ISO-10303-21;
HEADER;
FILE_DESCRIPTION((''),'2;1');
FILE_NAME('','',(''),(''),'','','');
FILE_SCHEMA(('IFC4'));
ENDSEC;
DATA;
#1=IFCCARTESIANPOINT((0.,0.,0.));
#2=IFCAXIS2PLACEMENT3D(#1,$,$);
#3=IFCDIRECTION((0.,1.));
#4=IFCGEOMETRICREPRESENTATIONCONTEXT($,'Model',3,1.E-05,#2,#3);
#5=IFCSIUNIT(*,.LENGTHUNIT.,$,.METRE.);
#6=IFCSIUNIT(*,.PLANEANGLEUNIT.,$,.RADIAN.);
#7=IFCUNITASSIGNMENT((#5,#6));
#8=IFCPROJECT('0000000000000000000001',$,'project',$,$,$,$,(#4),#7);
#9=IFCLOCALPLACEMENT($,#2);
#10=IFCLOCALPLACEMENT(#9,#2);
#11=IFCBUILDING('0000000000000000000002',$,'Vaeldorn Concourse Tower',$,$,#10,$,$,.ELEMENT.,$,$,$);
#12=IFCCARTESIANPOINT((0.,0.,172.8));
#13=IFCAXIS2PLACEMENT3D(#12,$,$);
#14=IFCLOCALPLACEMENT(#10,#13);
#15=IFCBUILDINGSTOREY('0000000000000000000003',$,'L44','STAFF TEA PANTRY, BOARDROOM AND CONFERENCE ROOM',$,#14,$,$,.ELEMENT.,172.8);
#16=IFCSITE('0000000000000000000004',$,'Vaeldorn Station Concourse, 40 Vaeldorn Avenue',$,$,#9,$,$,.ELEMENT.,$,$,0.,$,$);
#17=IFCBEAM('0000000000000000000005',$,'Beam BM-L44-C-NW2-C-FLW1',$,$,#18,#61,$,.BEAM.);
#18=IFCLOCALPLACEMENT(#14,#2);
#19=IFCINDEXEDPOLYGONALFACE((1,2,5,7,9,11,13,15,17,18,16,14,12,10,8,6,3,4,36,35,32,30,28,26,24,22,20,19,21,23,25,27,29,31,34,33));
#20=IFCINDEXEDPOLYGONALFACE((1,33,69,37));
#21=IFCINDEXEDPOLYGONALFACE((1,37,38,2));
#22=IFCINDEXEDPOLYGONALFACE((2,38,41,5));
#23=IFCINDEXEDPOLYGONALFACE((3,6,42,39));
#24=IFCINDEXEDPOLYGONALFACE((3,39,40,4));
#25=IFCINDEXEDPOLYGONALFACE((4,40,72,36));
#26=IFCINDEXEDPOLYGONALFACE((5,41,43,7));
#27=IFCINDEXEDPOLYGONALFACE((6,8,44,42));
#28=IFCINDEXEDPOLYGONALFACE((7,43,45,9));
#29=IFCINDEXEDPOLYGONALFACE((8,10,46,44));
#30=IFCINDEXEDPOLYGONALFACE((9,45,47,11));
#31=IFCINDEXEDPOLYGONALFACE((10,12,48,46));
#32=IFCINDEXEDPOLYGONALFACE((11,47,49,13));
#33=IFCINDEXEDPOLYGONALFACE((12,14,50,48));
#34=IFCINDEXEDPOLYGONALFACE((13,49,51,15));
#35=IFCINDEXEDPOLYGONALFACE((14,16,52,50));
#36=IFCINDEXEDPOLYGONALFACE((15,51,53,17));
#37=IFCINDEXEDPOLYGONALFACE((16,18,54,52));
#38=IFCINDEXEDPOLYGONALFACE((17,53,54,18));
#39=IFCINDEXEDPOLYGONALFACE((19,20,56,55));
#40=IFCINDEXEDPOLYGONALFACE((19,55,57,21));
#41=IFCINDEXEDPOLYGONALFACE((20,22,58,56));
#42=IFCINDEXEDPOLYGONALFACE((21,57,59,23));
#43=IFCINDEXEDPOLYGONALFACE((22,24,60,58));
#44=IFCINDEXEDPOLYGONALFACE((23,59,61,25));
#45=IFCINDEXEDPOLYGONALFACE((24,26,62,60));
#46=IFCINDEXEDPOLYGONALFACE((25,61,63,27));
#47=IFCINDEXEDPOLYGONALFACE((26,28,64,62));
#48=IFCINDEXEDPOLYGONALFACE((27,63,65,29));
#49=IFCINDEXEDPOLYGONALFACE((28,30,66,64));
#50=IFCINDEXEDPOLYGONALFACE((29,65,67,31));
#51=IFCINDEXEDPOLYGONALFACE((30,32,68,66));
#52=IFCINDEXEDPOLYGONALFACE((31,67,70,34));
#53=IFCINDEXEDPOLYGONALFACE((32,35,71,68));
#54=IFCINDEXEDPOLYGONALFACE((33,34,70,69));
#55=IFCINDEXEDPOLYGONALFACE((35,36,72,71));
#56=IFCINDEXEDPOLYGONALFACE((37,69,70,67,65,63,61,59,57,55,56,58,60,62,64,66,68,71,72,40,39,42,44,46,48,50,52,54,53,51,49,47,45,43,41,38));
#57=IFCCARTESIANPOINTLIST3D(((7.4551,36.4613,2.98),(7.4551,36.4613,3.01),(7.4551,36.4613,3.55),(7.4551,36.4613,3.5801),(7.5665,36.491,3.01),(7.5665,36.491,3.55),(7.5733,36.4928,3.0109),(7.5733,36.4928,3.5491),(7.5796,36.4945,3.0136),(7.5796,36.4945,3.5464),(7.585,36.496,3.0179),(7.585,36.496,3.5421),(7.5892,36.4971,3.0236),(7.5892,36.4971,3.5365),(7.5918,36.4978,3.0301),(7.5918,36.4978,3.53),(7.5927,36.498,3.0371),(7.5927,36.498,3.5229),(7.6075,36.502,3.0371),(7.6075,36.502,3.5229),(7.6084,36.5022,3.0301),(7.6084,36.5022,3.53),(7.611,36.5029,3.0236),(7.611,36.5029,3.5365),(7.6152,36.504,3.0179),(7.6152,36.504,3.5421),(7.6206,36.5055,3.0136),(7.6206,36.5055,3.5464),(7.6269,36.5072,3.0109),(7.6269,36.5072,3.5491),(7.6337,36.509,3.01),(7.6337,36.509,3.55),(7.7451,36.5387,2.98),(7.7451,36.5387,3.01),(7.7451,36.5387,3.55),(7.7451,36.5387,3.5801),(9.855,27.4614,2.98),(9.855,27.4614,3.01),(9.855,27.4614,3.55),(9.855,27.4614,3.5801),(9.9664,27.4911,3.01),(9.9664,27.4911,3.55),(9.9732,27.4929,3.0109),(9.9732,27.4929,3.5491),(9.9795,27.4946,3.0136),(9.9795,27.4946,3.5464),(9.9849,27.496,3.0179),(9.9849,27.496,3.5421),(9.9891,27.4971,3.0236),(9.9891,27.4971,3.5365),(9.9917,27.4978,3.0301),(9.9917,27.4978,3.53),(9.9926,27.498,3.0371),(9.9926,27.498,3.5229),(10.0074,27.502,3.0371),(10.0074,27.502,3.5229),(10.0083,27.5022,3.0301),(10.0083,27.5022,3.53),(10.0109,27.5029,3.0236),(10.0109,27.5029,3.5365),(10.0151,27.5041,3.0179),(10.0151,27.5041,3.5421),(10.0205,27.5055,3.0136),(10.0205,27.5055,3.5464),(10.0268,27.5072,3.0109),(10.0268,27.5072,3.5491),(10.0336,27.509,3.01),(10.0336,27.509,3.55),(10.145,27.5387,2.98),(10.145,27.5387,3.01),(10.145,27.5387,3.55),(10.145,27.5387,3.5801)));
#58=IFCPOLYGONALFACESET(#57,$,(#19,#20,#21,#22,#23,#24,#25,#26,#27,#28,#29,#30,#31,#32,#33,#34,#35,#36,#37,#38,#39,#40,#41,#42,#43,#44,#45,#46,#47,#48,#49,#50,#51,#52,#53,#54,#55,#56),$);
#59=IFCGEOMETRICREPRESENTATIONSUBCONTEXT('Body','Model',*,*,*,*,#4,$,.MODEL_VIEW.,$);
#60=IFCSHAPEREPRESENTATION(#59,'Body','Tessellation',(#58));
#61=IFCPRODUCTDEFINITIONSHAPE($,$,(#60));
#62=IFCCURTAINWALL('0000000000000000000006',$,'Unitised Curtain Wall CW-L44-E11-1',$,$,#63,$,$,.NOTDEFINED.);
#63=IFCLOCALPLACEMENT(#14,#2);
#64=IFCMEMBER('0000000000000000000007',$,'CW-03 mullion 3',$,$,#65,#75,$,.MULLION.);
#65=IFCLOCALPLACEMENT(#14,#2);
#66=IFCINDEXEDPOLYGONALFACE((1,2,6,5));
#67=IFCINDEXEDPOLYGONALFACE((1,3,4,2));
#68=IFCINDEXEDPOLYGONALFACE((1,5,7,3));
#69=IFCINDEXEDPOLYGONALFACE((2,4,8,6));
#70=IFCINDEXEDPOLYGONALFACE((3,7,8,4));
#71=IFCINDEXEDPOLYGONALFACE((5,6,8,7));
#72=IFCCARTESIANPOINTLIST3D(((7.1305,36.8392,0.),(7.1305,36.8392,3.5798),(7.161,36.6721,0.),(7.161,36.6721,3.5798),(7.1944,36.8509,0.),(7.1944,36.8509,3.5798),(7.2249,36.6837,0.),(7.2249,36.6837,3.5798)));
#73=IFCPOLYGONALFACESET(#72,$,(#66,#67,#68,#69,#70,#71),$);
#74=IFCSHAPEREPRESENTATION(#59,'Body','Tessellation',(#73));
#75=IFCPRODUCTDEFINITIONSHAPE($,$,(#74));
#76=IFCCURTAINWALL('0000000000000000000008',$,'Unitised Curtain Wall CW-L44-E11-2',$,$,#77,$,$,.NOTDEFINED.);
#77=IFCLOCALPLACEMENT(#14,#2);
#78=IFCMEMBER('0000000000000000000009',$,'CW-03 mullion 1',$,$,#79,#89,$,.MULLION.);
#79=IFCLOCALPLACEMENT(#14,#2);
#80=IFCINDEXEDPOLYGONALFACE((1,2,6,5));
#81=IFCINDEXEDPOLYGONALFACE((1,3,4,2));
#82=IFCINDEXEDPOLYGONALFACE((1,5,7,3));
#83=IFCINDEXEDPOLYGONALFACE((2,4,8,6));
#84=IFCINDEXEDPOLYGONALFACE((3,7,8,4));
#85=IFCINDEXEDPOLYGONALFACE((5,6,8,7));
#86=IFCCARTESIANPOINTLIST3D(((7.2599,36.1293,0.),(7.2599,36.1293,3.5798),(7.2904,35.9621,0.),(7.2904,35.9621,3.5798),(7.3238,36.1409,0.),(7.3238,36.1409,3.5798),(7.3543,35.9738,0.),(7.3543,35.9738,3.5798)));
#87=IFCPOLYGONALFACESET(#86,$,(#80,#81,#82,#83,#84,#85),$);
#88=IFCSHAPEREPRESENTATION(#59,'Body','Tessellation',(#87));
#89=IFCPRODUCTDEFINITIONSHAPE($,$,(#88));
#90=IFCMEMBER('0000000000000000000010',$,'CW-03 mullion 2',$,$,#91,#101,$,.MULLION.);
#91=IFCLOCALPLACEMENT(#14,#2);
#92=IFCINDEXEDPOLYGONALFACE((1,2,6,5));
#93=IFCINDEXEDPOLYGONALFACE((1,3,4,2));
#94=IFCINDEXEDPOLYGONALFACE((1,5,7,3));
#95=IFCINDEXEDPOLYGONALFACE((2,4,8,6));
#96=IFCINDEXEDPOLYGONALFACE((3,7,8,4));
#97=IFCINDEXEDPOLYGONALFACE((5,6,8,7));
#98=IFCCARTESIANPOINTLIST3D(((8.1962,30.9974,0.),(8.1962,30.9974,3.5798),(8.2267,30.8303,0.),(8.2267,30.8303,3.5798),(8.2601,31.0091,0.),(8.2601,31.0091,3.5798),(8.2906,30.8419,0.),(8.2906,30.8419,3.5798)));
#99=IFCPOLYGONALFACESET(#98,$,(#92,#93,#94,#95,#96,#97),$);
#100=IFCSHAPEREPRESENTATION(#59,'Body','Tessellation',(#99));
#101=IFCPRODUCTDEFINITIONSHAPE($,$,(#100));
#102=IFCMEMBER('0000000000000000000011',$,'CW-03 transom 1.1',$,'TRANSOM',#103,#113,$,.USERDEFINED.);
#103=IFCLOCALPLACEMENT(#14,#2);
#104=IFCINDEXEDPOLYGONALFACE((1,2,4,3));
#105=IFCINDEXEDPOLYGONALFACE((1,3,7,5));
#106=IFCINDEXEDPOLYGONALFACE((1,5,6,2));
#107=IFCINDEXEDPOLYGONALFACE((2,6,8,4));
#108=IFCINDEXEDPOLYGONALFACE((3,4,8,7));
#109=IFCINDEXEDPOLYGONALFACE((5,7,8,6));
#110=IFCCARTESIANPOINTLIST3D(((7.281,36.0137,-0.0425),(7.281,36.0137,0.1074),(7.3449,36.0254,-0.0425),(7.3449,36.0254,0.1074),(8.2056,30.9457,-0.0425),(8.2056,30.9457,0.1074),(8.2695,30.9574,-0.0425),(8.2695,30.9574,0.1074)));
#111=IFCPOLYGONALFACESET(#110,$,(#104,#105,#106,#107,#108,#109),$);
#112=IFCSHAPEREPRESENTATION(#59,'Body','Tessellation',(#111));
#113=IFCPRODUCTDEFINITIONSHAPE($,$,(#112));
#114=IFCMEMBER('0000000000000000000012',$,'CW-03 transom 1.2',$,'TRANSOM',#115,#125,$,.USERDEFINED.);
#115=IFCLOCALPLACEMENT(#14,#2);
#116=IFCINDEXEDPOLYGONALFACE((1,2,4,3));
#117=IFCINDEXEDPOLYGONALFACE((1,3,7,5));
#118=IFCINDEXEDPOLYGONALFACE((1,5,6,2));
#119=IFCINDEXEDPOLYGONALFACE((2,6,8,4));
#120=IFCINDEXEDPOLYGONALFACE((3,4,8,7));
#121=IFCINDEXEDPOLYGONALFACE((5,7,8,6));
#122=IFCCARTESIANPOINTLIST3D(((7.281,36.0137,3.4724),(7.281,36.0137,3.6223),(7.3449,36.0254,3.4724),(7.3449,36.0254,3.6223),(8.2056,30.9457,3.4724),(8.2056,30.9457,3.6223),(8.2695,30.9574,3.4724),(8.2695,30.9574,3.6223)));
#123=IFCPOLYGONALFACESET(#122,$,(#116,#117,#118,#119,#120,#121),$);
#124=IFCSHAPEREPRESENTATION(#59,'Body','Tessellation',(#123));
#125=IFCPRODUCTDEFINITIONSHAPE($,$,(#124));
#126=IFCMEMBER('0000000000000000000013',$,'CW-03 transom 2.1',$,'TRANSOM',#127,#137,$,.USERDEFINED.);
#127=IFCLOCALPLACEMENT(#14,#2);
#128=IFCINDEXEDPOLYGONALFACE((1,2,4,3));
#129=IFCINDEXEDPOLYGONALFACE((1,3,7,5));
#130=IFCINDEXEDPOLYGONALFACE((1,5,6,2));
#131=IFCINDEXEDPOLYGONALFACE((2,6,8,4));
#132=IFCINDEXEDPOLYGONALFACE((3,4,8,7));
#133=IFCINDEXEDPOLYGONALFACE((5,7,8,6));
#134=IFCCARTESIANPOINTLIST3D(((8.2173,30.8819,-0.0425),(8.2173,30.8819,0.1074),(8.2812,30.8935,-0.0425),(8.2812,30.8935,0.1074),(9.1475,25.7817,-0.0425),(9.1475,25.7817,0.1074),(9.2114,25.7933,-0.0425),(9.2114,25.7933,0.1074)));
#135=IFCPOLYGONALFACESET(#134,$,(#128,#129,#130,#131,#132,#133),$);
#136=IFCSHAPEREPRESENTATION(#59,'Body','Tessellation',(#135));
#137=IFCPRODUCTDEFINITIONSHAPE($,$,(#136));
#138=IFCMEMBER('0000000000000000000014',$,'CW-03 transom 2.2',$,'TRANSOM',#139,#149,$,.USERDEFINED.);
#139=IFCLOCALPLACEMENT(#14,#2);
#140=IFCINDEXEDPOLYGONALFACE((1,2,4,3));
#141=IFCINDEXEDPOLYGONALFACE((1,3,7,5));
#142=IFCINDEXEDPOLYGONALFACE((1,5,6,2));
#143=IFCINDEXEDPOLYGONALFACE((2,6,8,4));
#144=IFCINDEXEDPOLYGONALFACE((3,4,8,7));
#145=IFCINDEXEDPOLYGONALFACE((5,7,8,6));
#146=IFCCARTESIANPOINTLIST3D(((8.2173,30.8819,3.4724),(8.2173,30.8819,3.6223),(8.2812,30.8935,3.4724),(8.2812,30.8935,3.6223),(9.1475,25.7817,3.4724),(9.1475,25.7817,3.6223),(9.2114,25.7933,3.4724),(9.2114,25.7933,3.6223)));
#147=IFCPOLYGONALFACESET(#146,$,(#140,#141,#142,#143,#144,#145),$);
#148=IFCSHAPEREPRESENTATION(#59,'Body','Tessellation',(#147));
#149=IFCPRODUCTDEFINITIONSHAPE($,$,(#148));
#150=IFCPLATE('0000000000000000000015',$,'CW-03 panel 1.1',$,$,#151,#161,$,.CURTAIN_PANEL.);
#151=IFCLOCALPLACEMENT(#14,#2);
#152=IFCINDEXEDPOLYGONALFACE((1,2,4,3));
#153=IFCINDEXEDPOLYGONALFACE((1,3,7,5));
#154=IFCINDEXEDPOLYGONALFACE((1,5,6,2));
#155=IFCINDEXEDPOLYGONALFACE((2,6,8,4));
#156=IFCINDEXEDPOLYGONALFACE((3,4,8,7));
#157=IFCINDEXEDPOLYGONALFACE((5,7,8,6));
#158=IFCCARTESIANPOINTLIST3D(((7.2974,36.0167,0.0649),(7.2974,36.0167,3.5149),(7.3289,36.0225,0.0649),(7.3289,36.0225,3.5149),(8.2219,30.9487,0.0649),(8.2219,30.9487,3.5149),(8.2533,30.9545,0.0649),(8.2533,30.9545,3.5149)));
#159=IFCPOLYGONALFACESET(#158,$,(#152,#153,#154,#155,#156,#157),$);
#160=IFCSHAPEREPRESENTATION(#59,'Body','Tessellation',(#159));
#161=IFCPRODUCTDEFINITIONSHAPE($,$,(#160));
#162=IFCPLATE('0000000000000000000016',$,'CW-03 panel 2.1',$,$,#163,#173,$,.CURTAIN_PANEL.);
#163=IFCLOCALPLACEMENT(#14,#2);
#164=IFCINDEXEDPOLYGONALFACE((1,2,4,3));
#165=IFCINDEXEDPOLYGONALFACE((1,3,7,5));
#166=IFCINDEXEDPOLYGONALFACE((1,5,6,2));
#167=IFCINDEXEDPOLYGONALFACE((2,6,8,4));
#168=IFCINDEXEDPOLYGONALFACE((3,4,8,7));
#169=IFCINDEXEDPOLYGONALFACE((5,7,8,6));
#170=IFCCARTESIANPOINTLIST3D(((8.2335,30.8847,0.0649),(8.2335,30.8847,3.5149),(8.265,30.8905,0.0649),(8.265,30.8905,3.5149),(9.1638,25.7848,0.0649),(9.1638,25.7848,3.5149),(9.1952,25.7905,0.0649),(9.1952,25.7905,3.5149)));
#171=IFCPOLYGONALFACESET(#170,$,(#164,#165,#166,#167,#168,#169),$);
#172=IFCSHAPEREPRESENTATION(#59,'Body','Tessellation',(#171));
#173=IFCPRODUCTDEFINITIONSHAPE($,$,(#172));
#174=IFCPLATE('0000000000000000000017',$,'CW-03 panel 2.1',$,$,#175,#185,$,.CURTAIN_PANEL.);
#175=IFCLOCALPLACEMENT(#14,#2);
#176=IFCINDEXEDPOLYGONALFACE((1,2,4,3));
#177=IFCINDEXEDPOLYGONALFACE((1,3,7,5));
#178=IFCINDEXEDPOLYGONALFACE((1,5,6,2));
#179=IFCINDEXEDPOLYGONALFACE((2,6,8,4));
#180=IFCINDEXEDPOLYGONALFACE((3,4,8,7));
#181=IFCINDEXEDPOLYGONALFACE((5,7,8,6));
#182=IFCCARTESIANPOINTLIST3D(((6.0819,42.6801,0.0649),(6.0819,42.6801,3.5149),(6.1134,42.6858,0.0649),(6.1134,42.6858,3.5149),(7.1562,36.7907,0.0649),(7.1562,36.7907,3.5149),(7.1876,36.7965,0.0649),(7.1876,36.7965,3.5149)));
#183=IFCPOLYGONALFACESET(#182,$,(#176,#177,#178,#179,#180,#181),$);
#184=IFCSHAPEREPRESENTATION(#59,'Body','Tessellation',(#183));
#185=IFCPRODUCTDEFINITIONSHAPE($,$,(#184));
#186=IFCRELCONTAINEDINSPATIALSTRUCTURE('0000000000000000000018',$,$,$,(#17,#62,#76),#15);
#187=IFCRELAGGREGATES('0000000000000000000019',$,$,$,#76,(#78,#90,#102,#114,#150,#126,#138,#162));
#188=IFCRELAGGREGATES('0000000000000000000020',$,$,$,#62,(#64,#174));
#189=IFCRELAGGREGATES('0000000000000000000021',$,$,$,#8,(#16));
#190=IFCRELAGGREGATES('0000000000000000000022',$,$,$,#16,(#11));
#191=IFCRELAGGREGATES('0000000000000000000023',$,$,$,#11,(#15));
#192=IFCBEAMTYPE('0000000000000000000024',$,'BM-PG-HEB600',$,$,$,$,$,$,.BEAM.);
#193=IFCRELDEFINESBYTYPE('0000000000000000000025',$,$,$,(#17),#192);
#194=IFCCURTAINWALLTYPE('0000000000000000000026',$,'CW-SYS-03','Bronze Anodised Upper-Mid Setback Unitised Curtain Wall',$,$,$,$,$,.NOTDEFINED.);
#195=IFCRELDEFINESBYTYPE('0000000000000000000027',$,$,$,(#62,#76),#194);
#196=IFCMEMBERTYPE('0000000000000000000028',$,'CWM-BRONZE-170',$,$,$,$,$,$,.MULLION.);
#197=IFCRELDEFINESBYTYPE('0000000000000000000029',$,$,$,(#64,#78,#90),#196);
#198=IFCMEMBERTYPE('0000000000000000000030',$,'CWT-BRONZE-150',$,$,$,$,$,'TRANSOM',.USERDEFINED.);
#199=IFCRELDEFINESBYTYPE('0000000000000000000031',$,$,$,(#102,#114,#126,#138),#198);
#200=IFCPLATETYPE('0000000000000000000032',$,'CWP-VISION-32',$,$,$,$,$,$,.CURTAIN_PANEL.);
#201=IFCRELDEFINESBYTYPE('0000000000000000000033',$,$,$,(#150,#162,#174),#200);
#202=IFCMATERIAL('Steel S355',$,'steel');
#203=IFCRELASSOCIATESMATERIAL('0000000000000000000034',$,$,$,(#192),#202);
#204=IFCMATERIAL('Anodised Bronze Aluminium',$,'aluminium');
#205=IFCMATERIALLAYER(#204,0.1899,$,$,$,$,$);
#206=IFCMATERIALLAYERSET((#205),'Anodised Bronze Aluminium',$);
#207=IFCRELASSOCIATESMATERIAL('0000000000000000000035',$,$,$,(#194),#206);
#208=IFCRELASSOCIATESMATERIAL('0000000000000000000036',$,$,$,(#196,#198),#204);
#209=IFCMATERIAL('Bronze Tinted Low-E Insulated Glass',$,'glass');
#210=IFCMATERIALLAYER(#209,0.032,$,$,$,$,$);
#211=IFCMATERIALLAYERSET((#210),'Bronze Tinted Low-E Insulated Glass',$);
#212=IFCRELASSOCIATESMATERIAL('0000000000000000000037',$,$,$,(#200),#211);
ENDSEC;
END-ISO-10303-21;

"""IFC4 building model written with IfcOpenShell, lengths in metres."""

from ifc_helpers import new_model, si_unit, direction, frame, origin, origin_2d, place, context, subcontext, project, spatial, rectangle, i_section, extrude, source, transform, mapped, material, layer, layer_set, material_profile, profile_set, type_object, element, aggregate, save


model = new_model("IFC4")

# Units and contexts
model_context = context("Model", 3, precision=1e-05, world=origin(), true_north=direction((0.0, 1.0)))
body_context = subcontext(model_context, "Body", "Model", "MODEL_VIEW")
ifc_project = project(units=[si_unit("LENGTHUNIT", "METRE"), si_unit("PLANEANGLEUNIT", "RADIAN")], contexts=[model_context])

# Site, building, storey
site_placement = place(None, origin())
site = spatial("IfcSite", under=ifc_project, at=site_placement, Name="Vaeldorn Station Concourse, 40 Vaeldorn Avenue", CompositionType="ELEMENT", RefElevation=0.0)
building_placement = place(site_placement, origin())
building = spatial("IfcBuilding", under=site, at=building_placement, Name="Vaeldorn Concourse Tower", CompositionType="ELEMENT")
storey_placement = place(building_placement, frame((0.0, 0.0, 172.8)))
storey = spatial("IfcBuildingStorey", under=building, at=storey_placement, Name="L44", Description="STAFF TEA PANTRY, BOARDROOM AND CONFERENCE ROOM", CompositionType="ELEMENT", Elevation=172.8)

# Beam
ifc_material_1 = material(Name="Steel S355", Category="steel")
ifc_material_profile_1 = material_profile(ifc_material_1, i_section(OverallWidth=0.3, OverallDepth=0.6001, WebThickness=0.0154, FlangeThickness=0.03, FilletRadius=0.0271, at=origin_2d()), Name="HEB 600")
ifc_profile_set_1 = profile_set([ifc_material_profile_1], Name="Steel S355")
beam_type_1 = type_object("IfcBeamType", Name="BM-PG-HEB600", PredefinedType="BEAM", material=ifc_profile_set_1)
shared_shape_1 = source(origin(), body_context, "Body", "SweptSolid", [
    extrude(i_section(OverallWidth=0.3, OverallDepth=0.6001, WebThickness=0.0154, FlangeThickness=0.03, FilletRadius=0.0271, at=origin_2d()), origin(), (0.0, 0.0, 1.0), 9.3145),
])
beam_1_placement = place(storey_placement, frame((7.6001, 36.5, 3.28), z_axis=(0.257653, -0.966238, 0.0), x_axis=(0.966238, 0.257653, 0.0)))
element("IfcBeam", 1, at=beam_1_placement, inside=storey, type_object=beam_type_1, Name="Beam BM-L44-C-NW2-C-FLW1", PredefinedType="BEAM", context=body_context, shape_type="MappedRepresentation", body=[
    mapped(shared_shape_1, transform((0.0, 0.0, 0.0), scale=1.0)),
])

# Curtain wall, member
ifc_material_2 = material(Name="Anodised Bronze Aluminium", Category="aluminium")
ifc_layer_1 = layer(ifc_material_2, 0.1899)
ifc_layer_set_1 = layer_set([ifc_layer_1], Name="Anodised Bronze Aluminium")
curtain_wall_type = type_object("IfcCurtainWallType", Name="CW-SYS-03", Description="Bronze Anodised Upper-Mid Setback Unitised Curtain Wall", PredefinedType="NOTDEFINED", material=ifc_layer_set_1)
curtain_wall_1_placement = place(storey_placement, origin())
curtain_wall_1 = element("IfcCurtainWall", 2, at=curtain_wall_1_placement, inside=storey, type_object=curtain_wall_type, Name="Unitised Curtain Wall CW-L44-E11-1", PredefinedType="NOTDEFINED")
ifc_material_profile_2 = material_profile(ifc_material_2, rectangle(XDim=0.0649, YDim=0.1699, at=origin_2d()), Name="CWM 65x170")
ifc_profile_set_2 = profile_set([ifc_material_profile_2], Name="Anodised Bronze Aluminium")
member_type_1 = type_object("IfcMemberType", Name="CWM-BRONZE-170", PredefinedType="MULLION", material=ifc_profile_set_2)
shared_shape_2 = source(origin(), body_context, "Body", "SweptSolid", [
    extrude(rectangle(XDim=0.0649, YDim=0.1699, at=origin_2d()), origin(), (0.0, 0.0, 1.0), 3.5798),
])
member_1_placement = place(storey_placement, frame((7.1777, 36.7615, 0.0), z_axis=(0.0, 0.0, 1.0), x_axis=(0.983768, 0.179447, 0.0)))
member_1 = element("IfcMember", 3, at=member_1_placement, type_object=member_type_1, Name="CW-03 mullion 3", PredefinedType="MULLION", context=body_context, shape_type="MappedRepresentation", body=[
    mapped(shared_shape_2, transform((0.0, 0.0, 0.0), scale=1.0)),
])

# Curtain wall, members, plates
curtain_wall_2_placement = place(storey_placement, origin())
curtain_wall_2 = element("IfcCurtainWall", 4, at=curtain_wall_2_placement, inside=storey, type_object=curtain_wall_type, Name="Unitised Curtain Wall CW-L44-E11-2", PredefinedType="NOTDEFINED")
member_2_placement = place(storey_placement, frame((7.3071, 36.0515, 0.0), z_axis=(0.0, 0.0, 1.0), x_axis=(0.983768, 0.179446, 0.0)))
member_2 = element("IfcMember", 5, at=member_2_placement, type_object=member_type_1, Name="CW-03 mullion 1", PredefinedType="MULLION", context=body_context, shape_type="MappedRepresentation", body=[
    mapped(shared_shape_2, transform((0.0, 0.0, 0.0), scale=1.0)),
])
member_3_placement = place(storey_placement, frame((8.2434, 30.9197, 0.0), z_axis=(0.0, 0.0, 1.0), x_axis=(0.983768, 0.179446, 0.0)))
member_3 = element("IfcMember", 6, at=member_3_placement, type_object=member_type_1, Name="CW-03 mullion 2", PredefinedType="MULLION", context=body_context, shape_type="MappedRepresentation", body=[
    mapped(shared_shape_2, transform((0.0, 0.0, 0.0), scale=1.0)),
])
ifc_material_profile_3 = material_profile(ifc_material_2, rectangle(XDim=0.0649, YDim=0.1499, at=origin_2d()), Name="CWT 65x150")
ifc_profile_set_3 = profile_set([ifc_material_profile_3], Name="Anodised Bronze Aluminium")
member_type_2 = type_object("IfcMemberType", Name="CWT-BRONZE-150", ElementType="TRANSOM", PredefinedType="USERDEFINED", material=ifc_profile_set_3)
shared_shape_3 = source(origin(), body_context, "Body", "SweptSolid", [
    extrude(rectangle(XDim=0.0649, YDim=0.1499, at=origin_2d()), origin(), (0.0, 0.0, 1.0), 5.1516),
])
member_4_placement = place(storey_placement, frame((7.313, 36.0195, 0.0325), z_axis=(0.179473, -0.983763, 0.0), x_axis=(0.983763, 0.179473, 0.0)))
member_4 = element("IfcMember", 7, at=member_4_placement, type_object=member_type_2, Name="CW-03 transom 1.1", ObjectType="TRANSOM", PredefinedType="USERDEFINED", context=body_context, shape_type="MappedRepresentation", body=[
    mapped(shared_shape_3, transform((0.0, 0.0, 0.0), scale=1.0)),
])
member_5_placement = place(storey_placement, frame((7.313, 36.0195, 3.5474), z_axis=(0.179473, -0.983763, 0.0), x_axis=(0.983763, 0.179473, 0.0)))
member_5 = element("IfcMember", 8, at=member_5_placement, type_object=member_type_2, Name="CW-03 transom 1.2", ObjectType="TRANSOM", PredefinedType="USERDEFINED", context=body_context, shape_type="MappedRepresentation", body=[
    mapped(shared_shape_3, transform((0.0, 0.0, 0.0), scale=1.0)),
])
shared_shape_4 = source(origin(), body_context, "Body", "SweptSolid", [
    extrude(rectangle(XDim=0.0649, YDim=0.1499, at=origin_2d()), origin(), (0.0, 0.0, 1.0), 5.1843),
])
member_6_placement = place(storey_placement, frame((8.2493, 30.8877, 0.0325), z_axis=(0.179424, -0.983772, 0.0), x_axis=(0.983772, 0.179424, 0.0)))
member_6 = element("IfcMember", 9, at=member_6_placement, type_object=member_type_2, Name="CW-03 transom 2.1", ObjectType="TRANSOM", PredefinedType="USERDEFINED", context=body_context, shape_type="MappedRepresentation", body=[
    mapped(shared_shape_4, transform((0.0, 0.0, 0.0), scale=1.0)),
])
member_7_placement = place(storey_placement, frame((8.2493, 30.8877, 3.5474), z_axis=(0.179424, -0.983772, 0.0), x_axis=(0.983772, 0.179424, 0.0)))
member_7 = element("IfcMember", 10, at=member_7_placement, type_object=member_type_2, Name="CW-03 transom 2.2", ObjectType="TRANSOM", PredefinedType="USERDEFINED", context=body_context, shape_type="MappedRepresentation", body=[
    mapped(shared_shape_4, transform((0.0, 0.0, 0.0), scale=1.0)),
])
ifc_material_3 = material(Name="Bronze Tinted Low-E Insulated Glass", Category="glass")
ifc_layer_2 = layer(ifc_material_3, 0.032)
ifc_layer_set_2 = layer_set([ifc_layer_2], Name="Bronze Tinted Low-E Insulated Glass")
plate_type = type_object("IfcPlateType", Name="CWP-VISION-32", PredefinedType="CURTAIN_PANEL", material=ifc_layer_set_2)
shared_shape_5 = source(origin(), body_context, "Body", "SweptSolid", [
    extrude(rectangle(XDim=5.1516, YDim=0.032, at=origin_2d()), origin(), (0.0, 0.0, 1.0), 3.45),
])
plate_1_placement = place(storey_placement, frame((7.7754, 33.4856, 0.0649), z_axis=(0.0, 0.0, 1.0), x_axis=(0.179446, -0.983768, 0.0)))
plate_1 = element("IfcPlate", 11, at=plate_1_placement, type_object=plate_type, Name="CW-03 panel 1.1", PredefinedType="CURTAIN_PANEL", context=body_context, shape_type="MappedRepresentation", body=[
    mapped(shared_shape_5, transform((0.0, 0.0, 0.0), scale=1.0)),
])
shared_shape_6 = source(origin(), body_context, "Body", "SweptSolid", [
    extrude(rectangle(XDim=5.1841, YDim=0.032, at=origin_2d()), origin(), (0.0, 0.0, 1.0), 3.45),
])
plate_2_placement = place(storey_placement, frame((8.7144, 28.3376, 0.0649), z_axis=(0.0, 0.0, 1.0), x_axis=(0.179446, -0.983768, 0.0)))
plate_2 = element("IfcPlate", 12, at=plate_2_placement, type_object=plate_type, Name="CW-03 panel 2.1", PredefinedType="CURTAIN_PANEL", context=body_context, shape_type="MappedRepresentation", body=[
    mapped(shared_shape_6, transform((0.0, 0.0, 0.0), scale=1.0)),
])
aggregate(curtain_wall_2, [member_2, member_3, member_4, member_5, plate_1, member_6, member_7, plate_2])

# Plate
shared_shape_7 = source(origin(), body_context, "Body", "SweptSolid", [
    extrude(rectangle(XDim=5.9866, YDim=0.032, at=origin_2d()), origin(), (0.0, 0.0, 1.0), 3.45),
])
plate_3_placement = place(storey_placement, frame((6.6348, 39.7383, 0.0649), z_axis=(0.0, 0.0, 1.0), x_axis=(0.179447, -0.983768, 0.0)))
plate_3 = element("IfcPlate", 13, at=plate_3_placement, type_object=plate_type, Name="CW-03 panel 2.1", PredefinedType="CURTAIN_PANEL", context=body_context, shape_type="MappedRepresentation", body=[
    mapped(shared_shape_7, transform((0.0, 0.0, 0.0), scale=1.0)),
])
aggregate(curtain_wall_1, [member_1, plate_3])

save(model, "model.ifc")
